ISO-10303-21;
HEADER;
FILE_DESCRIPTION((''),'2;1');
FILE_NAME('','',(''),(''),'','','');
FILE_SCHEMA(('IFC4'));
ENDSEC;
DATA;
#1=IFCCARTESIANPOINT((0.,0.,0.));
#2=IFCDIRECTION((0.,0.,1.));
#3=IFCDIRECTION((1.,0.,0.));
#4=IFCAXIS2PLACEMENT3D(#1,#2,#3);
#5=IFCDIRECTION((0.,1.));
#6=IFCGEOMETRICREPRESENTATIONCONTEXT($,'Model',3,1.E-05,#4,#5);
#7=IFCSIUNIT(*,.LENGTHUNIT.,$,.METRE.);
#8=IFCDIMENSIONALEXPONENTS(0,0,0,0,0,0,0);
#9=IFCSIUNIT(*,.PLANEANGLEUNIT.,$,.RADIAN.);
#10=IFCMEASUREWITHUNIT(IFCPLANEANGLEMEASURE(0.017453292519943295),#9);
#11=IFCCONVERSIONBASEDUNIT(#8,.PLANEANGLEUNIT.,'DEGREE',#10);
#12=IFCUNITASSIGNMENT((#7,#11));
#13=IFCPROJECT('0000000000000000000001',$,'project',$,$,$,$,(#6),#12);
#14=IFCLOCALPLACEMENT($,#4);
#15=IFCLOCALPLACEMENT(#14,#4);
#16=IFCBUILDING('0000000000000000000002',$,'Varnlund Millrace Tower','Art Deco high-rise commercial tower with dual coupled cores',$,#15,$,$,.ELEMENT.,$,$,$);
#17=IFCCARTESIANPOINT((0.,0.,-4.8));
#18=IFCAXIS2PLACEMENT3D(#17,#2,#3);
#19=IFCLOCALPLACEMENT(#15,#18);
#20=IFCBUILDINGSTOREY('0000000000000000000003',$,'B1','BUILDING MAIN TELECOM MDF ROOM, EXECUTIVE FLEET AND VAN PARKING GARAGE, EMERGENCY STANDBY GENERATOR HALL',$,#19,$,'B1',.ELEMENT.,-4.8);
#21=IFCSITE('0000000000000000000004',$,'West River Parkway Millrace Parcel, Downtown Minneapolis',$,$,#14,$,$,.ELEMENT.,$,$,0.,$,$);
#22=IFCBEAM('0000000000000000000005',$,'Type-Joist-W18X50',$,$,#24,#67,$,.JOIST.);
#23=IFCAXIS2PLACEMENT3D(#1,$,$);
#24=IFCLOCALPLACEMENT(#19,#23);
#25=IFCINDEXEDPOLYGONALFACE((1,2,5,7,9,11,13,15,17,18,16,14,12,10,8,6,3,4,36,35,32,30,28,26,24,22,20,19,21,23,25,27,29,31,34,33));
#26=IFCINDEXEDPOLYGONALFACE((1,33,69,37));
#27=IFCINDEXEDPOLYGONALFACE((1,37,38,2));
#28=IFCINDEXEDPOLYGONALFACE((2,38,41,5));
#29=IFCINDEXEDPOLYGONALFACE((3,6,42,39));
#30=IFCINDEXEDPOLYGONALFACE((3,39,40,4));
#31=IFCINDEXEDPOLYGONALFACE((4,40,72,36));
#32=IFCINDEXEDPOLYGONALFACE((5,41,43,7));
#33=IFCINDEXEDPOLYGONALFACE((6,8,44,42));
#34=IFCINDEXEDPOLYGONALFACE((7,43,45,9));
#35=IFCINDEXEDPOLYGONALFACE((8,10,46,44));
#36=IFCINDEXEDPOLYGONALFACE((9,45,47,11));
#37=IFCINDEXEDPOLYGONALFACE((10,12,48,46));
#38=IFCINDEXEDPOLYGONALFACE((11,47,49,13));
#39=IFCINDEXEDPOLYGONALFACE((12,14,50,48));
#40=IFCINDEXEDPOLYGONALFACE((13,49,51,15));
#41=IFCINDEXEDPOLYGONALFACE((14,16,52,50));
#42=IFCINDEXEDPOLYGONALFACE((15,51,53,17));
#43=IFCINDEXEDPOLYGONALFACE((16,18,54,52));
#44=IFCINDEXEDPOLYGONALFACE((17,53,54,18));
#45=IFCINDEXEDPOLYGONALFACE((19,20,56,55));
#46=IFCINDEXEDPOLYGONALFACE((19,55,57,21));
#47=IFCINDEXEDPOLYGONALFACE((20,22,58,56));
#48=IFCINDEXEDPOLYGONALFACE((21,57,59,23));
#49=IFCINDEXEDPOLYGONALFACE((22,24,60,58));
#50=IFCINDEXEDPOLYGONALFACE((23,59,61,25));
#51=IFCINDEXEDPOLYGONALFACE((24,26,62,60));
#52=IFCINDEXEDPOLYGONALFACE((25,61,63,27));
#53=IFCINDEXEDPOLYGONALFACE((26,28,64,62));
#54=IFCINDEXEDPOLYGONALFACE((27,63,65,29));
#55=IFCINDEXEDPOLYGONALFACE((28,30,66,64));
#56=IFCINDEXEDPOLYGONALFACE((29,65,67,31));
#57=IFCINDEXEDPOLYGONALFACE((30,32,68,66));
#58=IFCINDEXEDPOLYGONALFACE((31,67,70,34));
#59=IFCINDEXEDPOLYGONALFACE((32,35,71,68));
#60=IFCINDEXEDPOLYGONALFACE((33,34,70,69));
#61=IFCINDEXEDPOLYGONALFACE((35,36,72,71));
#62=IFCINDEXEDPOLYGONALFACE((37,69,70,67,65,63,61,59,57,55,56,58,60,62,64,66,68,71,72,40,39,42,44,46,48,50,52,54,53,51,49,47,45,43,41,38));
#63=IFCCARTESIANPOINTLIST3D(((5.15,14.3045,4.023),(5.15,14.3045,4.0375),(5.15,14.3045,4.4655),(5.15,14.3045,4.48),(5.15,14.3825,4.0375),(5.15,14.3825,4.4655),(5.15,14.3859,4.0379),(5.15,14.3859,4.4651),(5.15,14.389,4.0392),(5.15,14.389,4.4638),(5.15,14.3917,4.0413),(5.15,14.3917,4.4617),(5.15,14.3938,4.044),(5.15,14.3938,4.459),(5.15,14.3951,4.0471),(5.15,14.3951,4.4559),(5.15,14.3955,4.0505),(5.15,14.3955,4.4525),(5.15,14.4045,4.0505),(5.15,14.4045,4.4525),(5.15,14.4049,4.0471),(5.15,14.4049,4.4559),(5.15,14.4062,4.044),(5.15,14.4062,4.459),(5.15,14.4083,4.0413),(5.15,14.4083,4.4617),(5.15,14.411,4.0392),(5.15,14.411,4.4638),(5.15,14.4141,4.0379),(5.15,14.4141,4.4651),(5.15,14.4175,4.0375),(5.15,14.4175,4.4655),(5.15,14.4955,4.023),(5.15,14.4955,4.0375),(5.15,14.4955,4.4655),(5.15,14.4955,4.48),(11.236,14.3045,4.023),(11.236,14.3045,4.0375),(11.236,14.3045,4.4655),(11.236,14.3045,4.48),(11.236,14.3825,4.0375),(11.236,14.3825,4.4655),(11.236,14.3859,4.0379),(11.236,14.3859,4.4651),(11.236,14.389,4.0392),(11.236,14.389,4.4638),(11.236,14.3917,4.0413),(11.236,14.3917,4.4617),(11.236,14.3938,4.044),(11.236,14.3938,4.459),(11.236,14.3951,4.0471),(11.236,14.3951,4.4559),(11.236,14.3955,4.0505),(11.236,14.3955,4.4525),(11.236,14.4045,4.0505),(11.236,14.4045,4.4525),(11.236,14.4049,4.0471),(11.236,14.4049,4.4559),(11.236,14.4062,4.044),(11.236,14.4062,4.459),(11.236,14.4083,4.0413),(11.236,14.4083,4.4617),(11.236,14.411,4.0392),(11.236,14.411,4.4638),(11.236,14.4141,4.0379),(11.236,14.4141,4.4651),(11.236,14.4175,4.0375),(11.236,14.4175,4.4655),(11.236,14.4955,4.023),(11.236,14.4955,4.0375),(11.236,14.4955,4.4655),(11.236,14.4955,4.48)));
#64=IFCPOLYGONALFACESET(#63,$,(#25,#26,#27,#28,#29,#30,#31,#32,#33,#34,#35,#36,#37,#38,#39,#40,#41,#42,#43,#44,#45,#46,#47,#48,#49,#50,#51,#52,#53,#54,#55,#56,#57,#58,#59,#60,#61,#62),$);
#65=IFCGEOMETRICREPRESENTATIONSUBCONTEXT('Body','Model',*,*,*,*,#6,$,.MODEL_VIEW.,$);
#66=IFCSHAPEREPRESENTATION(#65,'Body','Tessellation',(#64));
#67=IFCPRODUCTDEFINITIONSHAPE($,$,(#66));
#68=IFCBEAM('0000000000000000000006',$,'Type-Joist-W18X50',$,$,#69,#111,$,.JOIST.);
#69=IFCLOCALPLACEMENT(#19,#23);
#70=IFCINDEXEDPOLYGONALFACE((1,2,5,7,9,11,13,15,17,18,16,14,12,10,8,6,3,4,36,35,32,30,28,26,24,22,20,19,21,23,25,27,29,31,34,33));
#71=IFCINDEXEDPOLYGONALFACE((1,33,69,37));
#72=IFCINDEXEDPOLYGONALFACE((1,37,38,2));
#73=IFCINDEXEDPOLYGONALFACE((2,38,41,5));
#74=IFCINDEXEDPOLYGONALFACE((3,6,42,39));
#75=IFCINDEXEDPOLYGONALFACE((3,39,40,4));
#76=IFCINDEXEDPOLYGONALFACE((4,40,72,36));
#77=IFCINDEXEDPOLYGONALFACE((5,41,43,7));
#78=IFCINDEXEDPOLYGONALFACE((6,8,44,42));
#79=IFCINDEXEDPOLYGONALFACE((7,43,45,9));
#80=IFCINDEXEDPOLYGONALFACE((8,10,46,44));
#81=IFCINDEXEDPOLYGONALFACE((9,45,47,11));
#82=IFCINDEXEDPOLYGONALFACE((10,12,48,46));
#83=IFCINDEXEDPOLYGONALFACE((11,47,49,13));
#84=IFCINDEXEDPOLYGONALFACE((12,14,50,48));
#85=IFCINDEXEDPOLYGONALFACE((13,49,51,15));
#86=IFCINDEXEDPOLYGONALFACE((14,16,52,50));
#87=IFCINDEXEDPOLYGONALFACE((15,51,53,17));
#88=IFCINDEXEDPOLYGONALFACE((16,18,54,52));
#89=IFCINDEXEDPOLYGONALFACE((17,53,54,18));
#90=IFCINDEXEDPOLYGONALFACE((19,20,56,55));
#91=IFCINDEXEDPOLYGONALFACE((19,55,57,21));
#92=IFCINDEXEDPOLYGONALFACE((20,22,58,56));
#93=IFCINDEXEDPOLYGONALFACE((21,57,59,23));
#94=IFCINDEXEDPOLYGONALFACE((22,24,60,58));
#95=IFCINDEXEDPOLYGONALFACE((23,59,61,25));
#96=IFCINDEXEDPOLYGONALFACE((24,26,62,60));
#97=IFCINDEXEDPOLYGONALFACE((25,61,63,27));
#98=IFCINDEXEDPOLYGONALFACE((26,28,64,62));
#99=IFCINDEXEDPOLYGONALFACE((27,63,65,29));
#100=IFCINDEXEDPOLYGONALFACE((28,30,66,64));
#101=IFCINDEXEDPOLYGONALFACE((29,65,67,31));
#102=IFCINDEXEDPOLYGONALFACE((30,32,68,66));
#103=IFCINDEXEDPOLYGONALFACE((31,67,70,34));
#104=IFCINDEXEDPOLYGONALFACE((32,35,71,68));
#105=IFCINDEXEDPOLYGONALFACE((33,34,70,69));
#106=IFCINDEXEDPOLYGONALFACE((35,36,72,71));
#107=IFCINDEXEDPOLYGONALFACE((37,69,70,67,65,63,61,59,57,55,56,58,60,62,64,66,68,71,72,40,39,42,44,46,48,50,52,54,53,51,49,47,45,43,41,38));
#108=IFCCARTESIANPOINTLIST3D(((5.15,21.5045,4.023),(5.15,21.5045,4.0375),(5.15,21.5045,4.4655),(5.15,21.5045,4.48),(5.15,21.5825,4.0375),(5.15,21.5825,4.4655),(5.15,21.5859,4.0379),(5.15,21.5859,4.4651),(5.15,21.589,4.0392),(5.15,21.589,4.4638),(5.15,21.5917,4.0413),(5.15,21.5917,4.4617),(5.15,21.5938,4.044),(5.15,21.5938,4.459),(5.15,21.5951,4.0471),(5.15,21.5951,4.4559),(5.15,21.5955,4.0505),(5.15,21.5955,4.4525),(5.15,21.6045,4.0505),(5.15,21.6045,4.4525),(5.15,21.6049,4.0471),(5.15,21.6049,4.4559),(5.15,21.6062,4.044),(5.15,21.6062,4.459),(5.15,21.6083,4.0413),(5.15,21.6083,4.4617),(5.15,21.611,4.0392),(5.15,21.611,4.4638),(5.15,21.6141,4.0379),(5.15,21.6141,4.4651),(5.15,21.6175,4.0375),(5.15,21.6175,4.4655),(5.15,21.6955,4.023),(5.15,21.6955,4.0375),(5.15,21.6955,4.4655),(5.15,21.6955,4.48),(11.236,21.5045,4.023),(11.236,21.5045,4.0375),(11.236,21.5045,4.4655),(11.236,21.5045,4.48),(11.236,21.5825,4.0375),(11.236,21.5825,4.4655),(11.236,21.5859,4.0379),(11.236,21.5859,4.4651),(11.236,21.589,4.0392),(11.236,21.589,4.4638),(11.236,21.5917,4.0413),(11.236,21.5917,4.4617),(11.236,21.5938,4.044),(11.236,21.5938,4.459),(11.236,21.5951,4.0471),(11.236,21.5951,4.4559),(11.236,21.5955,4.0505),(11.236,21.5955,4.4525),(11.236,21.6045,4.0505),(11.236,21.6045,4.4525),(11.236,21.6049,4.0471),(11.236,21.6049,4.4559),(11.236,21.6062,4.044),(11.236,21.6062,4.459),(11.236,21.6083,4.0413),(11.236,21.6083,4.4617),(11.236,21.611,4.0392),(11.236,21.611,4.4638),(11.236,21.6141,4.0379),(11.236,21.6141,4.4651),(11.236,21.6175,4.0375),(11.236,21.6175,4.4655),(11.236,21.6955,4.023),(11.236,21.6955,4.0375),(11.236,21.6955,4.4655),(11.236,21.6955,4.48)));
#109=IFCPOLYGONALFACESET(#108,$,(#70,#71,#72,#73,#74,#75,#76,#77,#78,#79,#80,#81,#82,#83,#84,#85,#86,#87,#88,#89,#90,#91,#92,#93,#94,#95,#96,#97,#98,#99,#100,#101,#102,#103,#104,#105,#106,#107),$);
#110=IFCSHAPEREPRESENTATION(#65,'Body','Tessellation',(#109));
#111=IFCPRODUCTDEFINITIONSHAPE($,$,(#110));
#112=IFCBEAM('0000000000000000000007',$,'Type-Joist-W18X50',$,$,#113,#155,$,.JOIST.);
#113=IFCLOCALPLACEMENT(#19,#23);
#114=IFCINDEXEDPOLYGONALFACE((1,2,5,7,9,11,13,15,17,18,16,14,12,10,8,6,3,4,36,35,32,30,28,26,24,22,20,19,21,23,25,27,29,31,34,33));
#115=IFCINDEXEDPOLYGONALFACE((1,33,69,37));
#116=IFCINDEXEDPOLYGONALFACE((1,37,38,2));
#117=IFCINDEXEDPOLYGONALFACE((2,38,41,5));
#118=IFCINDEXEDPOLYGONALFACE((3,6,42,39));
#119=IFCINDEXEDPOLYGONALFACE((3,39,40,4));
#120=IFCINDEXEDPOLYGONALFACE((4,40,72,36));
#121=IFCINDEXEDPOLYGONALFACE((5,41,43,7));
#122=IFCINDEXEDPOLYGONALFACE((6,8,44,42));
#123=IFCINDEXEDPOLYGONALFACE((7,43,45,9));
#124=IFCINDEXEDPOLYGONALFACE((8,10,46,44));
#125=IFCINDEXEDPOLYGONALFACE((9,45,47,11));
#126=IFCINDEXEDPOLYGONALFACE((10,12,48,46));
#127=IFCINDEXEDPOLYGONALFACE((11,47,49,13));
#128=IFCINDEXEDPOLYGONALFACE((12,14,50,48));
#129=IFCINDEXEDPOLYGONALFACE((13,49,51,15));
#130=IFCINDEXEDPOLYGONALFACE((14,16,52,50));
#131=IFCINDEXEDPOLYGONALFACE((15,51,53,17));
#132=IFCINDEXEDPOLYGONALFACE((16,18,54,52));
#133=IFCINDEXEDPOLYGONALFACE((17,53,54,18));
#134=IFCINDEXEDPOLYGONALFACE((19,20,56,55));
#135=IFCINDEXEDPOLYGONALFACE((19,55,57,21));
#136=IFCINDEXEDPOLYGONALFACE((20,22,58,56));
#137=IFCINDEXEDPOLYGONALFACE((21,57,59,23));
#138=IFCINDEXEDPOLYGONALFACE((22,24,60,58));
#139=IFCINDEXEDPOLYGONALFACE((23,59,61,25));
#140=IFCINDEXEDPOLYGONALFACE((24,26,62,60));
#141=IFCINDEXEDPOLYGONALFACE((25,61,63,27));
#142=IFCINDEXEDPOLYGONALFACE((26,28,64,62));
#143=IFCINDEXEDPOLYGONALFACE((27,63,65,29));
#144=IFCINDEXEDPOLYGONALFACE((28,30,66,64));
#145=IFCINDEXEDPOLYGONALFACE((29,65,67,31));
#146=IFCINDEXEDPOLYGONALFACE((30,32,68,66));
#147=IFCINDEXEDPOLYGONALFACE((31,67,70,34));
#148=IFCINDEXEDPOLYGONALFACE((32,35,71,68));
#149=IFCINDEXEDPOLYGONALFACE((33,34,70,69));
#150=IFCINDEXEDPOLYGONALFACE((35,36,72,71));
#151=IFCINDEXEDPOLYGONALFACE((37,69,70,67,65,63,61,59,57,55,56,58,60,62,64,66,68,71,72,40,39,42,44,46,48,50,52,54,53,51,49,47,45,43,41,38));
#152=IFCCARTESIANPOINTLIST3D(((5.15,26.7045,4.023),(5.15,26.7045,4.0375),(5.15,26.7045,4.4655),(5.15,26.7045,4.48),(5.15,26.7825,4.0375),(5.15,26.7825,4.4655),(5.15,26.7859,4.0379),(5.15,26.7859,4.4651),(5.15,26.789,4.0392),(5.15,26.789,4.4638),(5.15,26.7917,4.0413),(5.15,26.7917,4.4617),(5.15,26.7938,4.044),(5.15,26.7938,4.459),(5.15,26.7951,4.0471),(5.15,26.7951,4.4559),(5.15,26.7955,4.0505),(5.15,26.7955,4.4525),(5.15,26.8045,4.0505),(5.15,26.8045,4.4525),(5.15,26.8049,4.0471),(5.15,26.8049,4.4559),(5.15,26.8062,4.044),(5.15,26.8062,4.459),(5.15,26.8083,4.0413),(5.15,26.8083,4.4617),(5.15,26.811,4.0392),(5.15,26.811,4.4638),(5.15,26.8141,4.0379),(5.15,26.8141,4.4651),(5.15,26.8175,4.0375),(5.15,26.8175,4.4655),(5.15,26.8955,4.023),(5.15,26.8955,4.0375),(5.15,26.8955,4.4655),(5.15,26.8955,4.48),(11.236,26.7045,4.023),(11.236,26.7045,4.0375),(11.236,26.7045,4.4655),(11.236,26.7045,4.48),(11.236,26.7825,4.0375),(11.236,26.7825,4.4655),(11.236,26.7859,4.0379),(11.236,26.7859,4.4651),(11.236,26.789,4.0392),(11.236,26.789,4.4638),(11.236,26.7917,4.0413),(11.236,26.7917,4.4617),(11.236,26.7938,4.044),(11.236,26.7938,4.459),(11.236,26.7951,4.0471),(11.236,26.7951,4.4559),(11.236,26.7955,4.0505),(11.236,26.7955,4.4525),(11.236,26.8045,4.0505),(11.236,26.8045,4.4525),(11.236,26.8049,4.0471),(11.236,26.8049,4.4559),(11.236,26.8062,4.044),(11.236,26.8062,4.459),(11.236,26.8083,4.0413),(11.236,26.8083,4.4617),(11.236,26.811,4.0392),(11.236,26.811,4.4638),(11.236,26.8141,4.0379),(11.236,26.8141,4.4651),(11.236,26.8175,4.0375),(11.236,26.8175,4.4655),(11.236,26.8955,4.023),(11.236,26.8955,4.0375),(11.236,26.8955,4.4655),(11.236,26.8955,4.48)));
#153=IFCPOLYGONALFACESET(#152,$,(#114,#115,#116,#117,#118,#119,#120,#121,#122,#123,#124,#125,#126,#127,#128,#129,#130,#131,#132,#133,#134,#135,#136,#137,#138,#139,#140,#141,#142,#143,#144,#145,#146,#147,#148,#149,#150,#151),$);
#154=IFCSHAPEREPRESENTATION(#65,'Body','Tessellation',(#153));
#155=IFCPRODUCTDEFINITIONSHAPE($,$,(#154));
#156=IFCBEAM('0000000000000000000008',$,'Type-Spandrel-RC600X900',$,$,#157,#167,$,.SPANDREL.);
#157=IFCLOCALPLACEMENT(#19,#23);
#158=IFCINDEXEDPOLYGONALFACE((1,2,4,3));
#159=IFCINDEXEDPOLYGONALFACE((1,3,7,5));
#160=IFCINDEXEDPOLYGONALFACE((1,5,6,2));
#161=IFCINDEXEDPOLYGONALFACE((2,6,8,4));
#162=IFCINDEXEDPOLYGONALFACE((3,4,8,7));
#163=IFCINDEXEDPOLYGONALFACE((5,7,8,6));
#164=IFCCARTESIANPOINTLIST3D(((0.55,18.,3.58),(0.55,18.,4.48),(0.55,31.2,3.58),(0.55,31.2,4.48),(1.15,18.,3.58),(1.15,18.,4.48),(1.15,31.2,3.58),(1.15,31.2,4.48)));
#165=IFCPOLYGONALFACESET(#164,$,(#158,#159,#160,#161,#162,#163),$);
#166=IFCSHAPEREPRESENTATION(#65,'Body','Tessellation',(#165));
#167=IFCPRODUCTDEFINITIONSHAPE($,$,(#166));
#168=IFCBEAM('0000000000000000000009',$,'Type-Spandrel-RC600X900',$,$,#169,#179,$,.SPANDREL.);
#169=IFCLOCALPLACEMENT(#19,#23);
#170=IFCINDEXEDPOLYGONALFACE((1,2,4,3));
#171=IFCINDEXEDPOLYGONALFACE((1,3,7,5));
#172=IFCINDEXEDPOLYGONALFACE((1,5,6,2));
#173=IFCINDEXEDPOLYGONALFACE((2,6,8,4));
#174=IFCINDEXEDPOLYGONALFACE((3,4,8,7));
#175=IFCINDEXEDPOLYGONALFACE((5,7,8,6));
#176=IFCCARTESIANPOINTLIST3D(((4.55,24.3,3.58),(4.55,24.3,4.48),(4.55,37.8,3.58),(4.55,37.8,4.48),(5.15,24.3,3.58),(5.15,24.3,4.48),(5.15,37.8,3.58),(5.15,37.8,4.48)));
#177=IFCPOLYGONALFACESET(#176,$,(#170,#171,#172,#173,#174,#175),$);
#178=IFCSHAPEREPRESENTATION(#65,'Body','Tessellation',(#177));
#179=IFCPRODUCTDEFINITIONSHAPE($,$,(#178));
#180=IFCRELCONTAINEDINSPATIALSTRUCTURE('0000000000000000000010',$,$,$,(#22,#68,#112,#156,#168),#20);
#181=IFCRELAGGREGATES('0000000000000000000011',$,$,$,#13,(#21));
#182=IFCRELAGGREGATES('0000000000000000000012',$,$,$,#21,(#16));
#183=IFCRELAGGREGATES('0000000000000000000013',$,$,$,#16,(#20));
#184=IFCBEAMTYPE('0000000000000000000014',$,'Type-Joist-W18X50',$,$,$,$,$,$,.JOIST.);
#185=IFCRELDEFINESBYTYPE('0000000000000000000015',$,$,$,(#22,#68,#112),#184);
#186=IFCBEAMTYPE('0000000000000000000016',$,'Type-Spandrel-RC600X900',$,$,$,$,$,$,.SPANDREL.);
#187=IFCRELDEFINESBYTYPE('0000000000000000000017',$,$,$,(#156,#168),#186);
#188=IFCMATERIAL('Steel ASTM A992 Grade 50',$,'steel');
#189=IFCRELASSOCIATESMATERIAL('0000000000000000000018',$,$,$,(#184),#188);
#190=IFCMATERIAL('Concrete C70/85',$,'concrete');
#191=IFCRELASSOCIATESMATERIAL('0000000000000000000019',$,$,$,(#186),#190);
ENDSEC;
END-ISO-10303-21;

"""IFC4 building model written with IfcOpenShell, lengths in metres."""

from ifc_helpers import new_model, entity, si_unit, converted_unit, direction, frame, origin_with_axes, origin_2d_with_axis, place, context, subcontext, project, spatial, rectangle, i_section, extrude, material, material_profile, profile_set, type_object, element, save


model = new_model("IFC4")

# Units and contexts
model_context = context("Model", 3, precision=1e-05, world=origin_with_axes(), true_north=direction((0.0, 1.0)))
body_context = subcontext(model_context, "Body", "Model", "MODEL_VIEW")
ifc_project = project(units=[si_unit("LENGTHUNIT", "METRE"), converted_unit("PLANEANGLEUNIT", "DEGREE", entity("IfcPlaneAngleMeasure", 0.017453292519943295), si_unit("PLANEANGLEUNIT", "RADIAN"), dimensions=[0, 0, 0, 0, 0, 0, 0])], contexts=[model_context])

# Site, building, storey
site_placement = place(None, origin_with_axes())
site = spatial("IfcSite", under=ifc_project, at=site_placement, Name="West River Parkway Millrace Parcel, Downtown Minneapolis", CompositionType="ELEMENT", RefElevation=0.0)
building_placement = place(site_placement, origin_with_axes())
building = spatial("IfcBuilding", under=site, at=building_placement, Name="Varnlund Millrace Tower", Description="Art Deco high-rise commercial tower with dual coupled cores", CompositionType="ELEMENT")
storey_placement = place(building_placement, frame((0.0, 0.0, -4.8), z_axis=(0.0, 0.0, 1.0), x_axis=(1.0, 0.0, 0.0)))
storey = spatial("IfcBuildingStorey", under=building, at=storey_placement, Name="B1", Description="BUILDING MAIN TELECOM MDF ROOM, EXECUTIVE FLEET AND VAN PARKING GARAGE, EMERGENCY STANDBY GENERATOR HALL", LongName="B1", CompositionType="ELEMENT", Elevation=-4.8)

# Beams
ifc_material_1 = material(Name="Steel ASTM A992 Grade 50", Category="steel")
ifc_material_profile_1 = material_profile(ifc_material_1, i_section(OverallWidth=0.191, OverallDepth=0.457, WebThickness=0.009, FlangeThickness=0.0145, FilletRadius=0.013, at=origin_2d_with_axis()), Name="Steel ASTM A992 Grade 50")
ifc_profile_set_1 = profile_set([ifc_material_profile_1], Name="Steel ASTM A992 Grade 50")
beam_type_1 = type_object("IfcBeamType", Name="Type-Joist-W18X50", PredefinedType="JOIST", material=ifc_profile_set_1)
for number, where, z_axis, x_axis, name in (
    (1, (5.15, 14.4, 4.2515), (1.0, 0.0, 0.0), (0.0, 1.0, 0.0), "Type-Joist-W18X50"),
    (2, (5.15, 21.6, 4.2515), (1.0, 0.0, 0.0), (0.0, 1.0, 0.0), "Type-Joist-W18X50"),
    (3, (5.15, 26.8, 4.2515), (1.0, 0.0, 0.0), (0.0, 1.0, 0.0), "Type-Joist-W18X50"),
):
    element("IfcBeam", number, at=place(storey_placement, frame(where, z_axis=z_axis, x_axis=x_axis)), inside=storey, type_object=beam_type_1, Name=name, PredefinedType="JOIST", context=body_context, shape_type="SweptSolid", body=[
        extrude(i_section(OverallWidth=0.191, OverallDepth=0.457, WebThickness=0.009, FlangeThickness=0.0145, FilletRadius=0.013, at=origin_2d_with_axis()), origin_with_axes(), (0.0, 0.0, 1.0), 6.086),
    ])
ifc_material_2 = material(Name="Concrete C70/85", Category="concrete")
ifc_material_profile_2 = material_profile(ifc_material_2, rectangle(XDim=0.6, YDim=0.9, at=origin_2d_with_axis()), Name="Concrete C70/85")
ifc_profile_set_2 = profile_set([ifc_material_profile_2], Name="Concrete C70/85")
beam_type_2 = type_object("IfcBeamType", Name="Type-Spandrel-RC600X900", PredefinedType="SPANDREL", material=ifc_profile_set_2)
beam_1_placement = place(storey_placement, frame((0.85, 18.0, 4.03), z_axis=(0.0, 1.0, 0.0), x_axis=(-1.0, 0.0, 0.0)))
element("IfcBeam", 4, at=beam_1_placement, inside=storey, type_object=beam_type_2, Name="Type-Spandrel-RC600X900", PredefinedType="SPANDREL", context=body_context, shape_type="SweptSolid", body=[
    extrude(rectangle(XDim=0.6, YDim=0.9, at=origin_2d_with_axis()), origin_with_axes(), (0.0, 0.0, 1.0), 13.2),
])
beam_2_placement = place(storey_placement, frame((4.85, 24.3, 4.03), z_axis=(0.0, 1.0, 0.0), x_axis=(-1.0, 0.0, 0.0)))
element("IfcBeam", 5, at=beam_2_placement, inside=storey, type_object=beam_type_2, Name="Type-Spandrel-RC600X900", PredefinedType="SPANDREL", context=body_context, shape_type="SweptSolid", body=[
    extrude(rectangle(XDim=0.6, YDim=0.9, at=origin_2d_with_axis()), origin_with_axes(), (0.0, 0.0, 1.0), 13.5),
])

save(model, "model.ifc")
